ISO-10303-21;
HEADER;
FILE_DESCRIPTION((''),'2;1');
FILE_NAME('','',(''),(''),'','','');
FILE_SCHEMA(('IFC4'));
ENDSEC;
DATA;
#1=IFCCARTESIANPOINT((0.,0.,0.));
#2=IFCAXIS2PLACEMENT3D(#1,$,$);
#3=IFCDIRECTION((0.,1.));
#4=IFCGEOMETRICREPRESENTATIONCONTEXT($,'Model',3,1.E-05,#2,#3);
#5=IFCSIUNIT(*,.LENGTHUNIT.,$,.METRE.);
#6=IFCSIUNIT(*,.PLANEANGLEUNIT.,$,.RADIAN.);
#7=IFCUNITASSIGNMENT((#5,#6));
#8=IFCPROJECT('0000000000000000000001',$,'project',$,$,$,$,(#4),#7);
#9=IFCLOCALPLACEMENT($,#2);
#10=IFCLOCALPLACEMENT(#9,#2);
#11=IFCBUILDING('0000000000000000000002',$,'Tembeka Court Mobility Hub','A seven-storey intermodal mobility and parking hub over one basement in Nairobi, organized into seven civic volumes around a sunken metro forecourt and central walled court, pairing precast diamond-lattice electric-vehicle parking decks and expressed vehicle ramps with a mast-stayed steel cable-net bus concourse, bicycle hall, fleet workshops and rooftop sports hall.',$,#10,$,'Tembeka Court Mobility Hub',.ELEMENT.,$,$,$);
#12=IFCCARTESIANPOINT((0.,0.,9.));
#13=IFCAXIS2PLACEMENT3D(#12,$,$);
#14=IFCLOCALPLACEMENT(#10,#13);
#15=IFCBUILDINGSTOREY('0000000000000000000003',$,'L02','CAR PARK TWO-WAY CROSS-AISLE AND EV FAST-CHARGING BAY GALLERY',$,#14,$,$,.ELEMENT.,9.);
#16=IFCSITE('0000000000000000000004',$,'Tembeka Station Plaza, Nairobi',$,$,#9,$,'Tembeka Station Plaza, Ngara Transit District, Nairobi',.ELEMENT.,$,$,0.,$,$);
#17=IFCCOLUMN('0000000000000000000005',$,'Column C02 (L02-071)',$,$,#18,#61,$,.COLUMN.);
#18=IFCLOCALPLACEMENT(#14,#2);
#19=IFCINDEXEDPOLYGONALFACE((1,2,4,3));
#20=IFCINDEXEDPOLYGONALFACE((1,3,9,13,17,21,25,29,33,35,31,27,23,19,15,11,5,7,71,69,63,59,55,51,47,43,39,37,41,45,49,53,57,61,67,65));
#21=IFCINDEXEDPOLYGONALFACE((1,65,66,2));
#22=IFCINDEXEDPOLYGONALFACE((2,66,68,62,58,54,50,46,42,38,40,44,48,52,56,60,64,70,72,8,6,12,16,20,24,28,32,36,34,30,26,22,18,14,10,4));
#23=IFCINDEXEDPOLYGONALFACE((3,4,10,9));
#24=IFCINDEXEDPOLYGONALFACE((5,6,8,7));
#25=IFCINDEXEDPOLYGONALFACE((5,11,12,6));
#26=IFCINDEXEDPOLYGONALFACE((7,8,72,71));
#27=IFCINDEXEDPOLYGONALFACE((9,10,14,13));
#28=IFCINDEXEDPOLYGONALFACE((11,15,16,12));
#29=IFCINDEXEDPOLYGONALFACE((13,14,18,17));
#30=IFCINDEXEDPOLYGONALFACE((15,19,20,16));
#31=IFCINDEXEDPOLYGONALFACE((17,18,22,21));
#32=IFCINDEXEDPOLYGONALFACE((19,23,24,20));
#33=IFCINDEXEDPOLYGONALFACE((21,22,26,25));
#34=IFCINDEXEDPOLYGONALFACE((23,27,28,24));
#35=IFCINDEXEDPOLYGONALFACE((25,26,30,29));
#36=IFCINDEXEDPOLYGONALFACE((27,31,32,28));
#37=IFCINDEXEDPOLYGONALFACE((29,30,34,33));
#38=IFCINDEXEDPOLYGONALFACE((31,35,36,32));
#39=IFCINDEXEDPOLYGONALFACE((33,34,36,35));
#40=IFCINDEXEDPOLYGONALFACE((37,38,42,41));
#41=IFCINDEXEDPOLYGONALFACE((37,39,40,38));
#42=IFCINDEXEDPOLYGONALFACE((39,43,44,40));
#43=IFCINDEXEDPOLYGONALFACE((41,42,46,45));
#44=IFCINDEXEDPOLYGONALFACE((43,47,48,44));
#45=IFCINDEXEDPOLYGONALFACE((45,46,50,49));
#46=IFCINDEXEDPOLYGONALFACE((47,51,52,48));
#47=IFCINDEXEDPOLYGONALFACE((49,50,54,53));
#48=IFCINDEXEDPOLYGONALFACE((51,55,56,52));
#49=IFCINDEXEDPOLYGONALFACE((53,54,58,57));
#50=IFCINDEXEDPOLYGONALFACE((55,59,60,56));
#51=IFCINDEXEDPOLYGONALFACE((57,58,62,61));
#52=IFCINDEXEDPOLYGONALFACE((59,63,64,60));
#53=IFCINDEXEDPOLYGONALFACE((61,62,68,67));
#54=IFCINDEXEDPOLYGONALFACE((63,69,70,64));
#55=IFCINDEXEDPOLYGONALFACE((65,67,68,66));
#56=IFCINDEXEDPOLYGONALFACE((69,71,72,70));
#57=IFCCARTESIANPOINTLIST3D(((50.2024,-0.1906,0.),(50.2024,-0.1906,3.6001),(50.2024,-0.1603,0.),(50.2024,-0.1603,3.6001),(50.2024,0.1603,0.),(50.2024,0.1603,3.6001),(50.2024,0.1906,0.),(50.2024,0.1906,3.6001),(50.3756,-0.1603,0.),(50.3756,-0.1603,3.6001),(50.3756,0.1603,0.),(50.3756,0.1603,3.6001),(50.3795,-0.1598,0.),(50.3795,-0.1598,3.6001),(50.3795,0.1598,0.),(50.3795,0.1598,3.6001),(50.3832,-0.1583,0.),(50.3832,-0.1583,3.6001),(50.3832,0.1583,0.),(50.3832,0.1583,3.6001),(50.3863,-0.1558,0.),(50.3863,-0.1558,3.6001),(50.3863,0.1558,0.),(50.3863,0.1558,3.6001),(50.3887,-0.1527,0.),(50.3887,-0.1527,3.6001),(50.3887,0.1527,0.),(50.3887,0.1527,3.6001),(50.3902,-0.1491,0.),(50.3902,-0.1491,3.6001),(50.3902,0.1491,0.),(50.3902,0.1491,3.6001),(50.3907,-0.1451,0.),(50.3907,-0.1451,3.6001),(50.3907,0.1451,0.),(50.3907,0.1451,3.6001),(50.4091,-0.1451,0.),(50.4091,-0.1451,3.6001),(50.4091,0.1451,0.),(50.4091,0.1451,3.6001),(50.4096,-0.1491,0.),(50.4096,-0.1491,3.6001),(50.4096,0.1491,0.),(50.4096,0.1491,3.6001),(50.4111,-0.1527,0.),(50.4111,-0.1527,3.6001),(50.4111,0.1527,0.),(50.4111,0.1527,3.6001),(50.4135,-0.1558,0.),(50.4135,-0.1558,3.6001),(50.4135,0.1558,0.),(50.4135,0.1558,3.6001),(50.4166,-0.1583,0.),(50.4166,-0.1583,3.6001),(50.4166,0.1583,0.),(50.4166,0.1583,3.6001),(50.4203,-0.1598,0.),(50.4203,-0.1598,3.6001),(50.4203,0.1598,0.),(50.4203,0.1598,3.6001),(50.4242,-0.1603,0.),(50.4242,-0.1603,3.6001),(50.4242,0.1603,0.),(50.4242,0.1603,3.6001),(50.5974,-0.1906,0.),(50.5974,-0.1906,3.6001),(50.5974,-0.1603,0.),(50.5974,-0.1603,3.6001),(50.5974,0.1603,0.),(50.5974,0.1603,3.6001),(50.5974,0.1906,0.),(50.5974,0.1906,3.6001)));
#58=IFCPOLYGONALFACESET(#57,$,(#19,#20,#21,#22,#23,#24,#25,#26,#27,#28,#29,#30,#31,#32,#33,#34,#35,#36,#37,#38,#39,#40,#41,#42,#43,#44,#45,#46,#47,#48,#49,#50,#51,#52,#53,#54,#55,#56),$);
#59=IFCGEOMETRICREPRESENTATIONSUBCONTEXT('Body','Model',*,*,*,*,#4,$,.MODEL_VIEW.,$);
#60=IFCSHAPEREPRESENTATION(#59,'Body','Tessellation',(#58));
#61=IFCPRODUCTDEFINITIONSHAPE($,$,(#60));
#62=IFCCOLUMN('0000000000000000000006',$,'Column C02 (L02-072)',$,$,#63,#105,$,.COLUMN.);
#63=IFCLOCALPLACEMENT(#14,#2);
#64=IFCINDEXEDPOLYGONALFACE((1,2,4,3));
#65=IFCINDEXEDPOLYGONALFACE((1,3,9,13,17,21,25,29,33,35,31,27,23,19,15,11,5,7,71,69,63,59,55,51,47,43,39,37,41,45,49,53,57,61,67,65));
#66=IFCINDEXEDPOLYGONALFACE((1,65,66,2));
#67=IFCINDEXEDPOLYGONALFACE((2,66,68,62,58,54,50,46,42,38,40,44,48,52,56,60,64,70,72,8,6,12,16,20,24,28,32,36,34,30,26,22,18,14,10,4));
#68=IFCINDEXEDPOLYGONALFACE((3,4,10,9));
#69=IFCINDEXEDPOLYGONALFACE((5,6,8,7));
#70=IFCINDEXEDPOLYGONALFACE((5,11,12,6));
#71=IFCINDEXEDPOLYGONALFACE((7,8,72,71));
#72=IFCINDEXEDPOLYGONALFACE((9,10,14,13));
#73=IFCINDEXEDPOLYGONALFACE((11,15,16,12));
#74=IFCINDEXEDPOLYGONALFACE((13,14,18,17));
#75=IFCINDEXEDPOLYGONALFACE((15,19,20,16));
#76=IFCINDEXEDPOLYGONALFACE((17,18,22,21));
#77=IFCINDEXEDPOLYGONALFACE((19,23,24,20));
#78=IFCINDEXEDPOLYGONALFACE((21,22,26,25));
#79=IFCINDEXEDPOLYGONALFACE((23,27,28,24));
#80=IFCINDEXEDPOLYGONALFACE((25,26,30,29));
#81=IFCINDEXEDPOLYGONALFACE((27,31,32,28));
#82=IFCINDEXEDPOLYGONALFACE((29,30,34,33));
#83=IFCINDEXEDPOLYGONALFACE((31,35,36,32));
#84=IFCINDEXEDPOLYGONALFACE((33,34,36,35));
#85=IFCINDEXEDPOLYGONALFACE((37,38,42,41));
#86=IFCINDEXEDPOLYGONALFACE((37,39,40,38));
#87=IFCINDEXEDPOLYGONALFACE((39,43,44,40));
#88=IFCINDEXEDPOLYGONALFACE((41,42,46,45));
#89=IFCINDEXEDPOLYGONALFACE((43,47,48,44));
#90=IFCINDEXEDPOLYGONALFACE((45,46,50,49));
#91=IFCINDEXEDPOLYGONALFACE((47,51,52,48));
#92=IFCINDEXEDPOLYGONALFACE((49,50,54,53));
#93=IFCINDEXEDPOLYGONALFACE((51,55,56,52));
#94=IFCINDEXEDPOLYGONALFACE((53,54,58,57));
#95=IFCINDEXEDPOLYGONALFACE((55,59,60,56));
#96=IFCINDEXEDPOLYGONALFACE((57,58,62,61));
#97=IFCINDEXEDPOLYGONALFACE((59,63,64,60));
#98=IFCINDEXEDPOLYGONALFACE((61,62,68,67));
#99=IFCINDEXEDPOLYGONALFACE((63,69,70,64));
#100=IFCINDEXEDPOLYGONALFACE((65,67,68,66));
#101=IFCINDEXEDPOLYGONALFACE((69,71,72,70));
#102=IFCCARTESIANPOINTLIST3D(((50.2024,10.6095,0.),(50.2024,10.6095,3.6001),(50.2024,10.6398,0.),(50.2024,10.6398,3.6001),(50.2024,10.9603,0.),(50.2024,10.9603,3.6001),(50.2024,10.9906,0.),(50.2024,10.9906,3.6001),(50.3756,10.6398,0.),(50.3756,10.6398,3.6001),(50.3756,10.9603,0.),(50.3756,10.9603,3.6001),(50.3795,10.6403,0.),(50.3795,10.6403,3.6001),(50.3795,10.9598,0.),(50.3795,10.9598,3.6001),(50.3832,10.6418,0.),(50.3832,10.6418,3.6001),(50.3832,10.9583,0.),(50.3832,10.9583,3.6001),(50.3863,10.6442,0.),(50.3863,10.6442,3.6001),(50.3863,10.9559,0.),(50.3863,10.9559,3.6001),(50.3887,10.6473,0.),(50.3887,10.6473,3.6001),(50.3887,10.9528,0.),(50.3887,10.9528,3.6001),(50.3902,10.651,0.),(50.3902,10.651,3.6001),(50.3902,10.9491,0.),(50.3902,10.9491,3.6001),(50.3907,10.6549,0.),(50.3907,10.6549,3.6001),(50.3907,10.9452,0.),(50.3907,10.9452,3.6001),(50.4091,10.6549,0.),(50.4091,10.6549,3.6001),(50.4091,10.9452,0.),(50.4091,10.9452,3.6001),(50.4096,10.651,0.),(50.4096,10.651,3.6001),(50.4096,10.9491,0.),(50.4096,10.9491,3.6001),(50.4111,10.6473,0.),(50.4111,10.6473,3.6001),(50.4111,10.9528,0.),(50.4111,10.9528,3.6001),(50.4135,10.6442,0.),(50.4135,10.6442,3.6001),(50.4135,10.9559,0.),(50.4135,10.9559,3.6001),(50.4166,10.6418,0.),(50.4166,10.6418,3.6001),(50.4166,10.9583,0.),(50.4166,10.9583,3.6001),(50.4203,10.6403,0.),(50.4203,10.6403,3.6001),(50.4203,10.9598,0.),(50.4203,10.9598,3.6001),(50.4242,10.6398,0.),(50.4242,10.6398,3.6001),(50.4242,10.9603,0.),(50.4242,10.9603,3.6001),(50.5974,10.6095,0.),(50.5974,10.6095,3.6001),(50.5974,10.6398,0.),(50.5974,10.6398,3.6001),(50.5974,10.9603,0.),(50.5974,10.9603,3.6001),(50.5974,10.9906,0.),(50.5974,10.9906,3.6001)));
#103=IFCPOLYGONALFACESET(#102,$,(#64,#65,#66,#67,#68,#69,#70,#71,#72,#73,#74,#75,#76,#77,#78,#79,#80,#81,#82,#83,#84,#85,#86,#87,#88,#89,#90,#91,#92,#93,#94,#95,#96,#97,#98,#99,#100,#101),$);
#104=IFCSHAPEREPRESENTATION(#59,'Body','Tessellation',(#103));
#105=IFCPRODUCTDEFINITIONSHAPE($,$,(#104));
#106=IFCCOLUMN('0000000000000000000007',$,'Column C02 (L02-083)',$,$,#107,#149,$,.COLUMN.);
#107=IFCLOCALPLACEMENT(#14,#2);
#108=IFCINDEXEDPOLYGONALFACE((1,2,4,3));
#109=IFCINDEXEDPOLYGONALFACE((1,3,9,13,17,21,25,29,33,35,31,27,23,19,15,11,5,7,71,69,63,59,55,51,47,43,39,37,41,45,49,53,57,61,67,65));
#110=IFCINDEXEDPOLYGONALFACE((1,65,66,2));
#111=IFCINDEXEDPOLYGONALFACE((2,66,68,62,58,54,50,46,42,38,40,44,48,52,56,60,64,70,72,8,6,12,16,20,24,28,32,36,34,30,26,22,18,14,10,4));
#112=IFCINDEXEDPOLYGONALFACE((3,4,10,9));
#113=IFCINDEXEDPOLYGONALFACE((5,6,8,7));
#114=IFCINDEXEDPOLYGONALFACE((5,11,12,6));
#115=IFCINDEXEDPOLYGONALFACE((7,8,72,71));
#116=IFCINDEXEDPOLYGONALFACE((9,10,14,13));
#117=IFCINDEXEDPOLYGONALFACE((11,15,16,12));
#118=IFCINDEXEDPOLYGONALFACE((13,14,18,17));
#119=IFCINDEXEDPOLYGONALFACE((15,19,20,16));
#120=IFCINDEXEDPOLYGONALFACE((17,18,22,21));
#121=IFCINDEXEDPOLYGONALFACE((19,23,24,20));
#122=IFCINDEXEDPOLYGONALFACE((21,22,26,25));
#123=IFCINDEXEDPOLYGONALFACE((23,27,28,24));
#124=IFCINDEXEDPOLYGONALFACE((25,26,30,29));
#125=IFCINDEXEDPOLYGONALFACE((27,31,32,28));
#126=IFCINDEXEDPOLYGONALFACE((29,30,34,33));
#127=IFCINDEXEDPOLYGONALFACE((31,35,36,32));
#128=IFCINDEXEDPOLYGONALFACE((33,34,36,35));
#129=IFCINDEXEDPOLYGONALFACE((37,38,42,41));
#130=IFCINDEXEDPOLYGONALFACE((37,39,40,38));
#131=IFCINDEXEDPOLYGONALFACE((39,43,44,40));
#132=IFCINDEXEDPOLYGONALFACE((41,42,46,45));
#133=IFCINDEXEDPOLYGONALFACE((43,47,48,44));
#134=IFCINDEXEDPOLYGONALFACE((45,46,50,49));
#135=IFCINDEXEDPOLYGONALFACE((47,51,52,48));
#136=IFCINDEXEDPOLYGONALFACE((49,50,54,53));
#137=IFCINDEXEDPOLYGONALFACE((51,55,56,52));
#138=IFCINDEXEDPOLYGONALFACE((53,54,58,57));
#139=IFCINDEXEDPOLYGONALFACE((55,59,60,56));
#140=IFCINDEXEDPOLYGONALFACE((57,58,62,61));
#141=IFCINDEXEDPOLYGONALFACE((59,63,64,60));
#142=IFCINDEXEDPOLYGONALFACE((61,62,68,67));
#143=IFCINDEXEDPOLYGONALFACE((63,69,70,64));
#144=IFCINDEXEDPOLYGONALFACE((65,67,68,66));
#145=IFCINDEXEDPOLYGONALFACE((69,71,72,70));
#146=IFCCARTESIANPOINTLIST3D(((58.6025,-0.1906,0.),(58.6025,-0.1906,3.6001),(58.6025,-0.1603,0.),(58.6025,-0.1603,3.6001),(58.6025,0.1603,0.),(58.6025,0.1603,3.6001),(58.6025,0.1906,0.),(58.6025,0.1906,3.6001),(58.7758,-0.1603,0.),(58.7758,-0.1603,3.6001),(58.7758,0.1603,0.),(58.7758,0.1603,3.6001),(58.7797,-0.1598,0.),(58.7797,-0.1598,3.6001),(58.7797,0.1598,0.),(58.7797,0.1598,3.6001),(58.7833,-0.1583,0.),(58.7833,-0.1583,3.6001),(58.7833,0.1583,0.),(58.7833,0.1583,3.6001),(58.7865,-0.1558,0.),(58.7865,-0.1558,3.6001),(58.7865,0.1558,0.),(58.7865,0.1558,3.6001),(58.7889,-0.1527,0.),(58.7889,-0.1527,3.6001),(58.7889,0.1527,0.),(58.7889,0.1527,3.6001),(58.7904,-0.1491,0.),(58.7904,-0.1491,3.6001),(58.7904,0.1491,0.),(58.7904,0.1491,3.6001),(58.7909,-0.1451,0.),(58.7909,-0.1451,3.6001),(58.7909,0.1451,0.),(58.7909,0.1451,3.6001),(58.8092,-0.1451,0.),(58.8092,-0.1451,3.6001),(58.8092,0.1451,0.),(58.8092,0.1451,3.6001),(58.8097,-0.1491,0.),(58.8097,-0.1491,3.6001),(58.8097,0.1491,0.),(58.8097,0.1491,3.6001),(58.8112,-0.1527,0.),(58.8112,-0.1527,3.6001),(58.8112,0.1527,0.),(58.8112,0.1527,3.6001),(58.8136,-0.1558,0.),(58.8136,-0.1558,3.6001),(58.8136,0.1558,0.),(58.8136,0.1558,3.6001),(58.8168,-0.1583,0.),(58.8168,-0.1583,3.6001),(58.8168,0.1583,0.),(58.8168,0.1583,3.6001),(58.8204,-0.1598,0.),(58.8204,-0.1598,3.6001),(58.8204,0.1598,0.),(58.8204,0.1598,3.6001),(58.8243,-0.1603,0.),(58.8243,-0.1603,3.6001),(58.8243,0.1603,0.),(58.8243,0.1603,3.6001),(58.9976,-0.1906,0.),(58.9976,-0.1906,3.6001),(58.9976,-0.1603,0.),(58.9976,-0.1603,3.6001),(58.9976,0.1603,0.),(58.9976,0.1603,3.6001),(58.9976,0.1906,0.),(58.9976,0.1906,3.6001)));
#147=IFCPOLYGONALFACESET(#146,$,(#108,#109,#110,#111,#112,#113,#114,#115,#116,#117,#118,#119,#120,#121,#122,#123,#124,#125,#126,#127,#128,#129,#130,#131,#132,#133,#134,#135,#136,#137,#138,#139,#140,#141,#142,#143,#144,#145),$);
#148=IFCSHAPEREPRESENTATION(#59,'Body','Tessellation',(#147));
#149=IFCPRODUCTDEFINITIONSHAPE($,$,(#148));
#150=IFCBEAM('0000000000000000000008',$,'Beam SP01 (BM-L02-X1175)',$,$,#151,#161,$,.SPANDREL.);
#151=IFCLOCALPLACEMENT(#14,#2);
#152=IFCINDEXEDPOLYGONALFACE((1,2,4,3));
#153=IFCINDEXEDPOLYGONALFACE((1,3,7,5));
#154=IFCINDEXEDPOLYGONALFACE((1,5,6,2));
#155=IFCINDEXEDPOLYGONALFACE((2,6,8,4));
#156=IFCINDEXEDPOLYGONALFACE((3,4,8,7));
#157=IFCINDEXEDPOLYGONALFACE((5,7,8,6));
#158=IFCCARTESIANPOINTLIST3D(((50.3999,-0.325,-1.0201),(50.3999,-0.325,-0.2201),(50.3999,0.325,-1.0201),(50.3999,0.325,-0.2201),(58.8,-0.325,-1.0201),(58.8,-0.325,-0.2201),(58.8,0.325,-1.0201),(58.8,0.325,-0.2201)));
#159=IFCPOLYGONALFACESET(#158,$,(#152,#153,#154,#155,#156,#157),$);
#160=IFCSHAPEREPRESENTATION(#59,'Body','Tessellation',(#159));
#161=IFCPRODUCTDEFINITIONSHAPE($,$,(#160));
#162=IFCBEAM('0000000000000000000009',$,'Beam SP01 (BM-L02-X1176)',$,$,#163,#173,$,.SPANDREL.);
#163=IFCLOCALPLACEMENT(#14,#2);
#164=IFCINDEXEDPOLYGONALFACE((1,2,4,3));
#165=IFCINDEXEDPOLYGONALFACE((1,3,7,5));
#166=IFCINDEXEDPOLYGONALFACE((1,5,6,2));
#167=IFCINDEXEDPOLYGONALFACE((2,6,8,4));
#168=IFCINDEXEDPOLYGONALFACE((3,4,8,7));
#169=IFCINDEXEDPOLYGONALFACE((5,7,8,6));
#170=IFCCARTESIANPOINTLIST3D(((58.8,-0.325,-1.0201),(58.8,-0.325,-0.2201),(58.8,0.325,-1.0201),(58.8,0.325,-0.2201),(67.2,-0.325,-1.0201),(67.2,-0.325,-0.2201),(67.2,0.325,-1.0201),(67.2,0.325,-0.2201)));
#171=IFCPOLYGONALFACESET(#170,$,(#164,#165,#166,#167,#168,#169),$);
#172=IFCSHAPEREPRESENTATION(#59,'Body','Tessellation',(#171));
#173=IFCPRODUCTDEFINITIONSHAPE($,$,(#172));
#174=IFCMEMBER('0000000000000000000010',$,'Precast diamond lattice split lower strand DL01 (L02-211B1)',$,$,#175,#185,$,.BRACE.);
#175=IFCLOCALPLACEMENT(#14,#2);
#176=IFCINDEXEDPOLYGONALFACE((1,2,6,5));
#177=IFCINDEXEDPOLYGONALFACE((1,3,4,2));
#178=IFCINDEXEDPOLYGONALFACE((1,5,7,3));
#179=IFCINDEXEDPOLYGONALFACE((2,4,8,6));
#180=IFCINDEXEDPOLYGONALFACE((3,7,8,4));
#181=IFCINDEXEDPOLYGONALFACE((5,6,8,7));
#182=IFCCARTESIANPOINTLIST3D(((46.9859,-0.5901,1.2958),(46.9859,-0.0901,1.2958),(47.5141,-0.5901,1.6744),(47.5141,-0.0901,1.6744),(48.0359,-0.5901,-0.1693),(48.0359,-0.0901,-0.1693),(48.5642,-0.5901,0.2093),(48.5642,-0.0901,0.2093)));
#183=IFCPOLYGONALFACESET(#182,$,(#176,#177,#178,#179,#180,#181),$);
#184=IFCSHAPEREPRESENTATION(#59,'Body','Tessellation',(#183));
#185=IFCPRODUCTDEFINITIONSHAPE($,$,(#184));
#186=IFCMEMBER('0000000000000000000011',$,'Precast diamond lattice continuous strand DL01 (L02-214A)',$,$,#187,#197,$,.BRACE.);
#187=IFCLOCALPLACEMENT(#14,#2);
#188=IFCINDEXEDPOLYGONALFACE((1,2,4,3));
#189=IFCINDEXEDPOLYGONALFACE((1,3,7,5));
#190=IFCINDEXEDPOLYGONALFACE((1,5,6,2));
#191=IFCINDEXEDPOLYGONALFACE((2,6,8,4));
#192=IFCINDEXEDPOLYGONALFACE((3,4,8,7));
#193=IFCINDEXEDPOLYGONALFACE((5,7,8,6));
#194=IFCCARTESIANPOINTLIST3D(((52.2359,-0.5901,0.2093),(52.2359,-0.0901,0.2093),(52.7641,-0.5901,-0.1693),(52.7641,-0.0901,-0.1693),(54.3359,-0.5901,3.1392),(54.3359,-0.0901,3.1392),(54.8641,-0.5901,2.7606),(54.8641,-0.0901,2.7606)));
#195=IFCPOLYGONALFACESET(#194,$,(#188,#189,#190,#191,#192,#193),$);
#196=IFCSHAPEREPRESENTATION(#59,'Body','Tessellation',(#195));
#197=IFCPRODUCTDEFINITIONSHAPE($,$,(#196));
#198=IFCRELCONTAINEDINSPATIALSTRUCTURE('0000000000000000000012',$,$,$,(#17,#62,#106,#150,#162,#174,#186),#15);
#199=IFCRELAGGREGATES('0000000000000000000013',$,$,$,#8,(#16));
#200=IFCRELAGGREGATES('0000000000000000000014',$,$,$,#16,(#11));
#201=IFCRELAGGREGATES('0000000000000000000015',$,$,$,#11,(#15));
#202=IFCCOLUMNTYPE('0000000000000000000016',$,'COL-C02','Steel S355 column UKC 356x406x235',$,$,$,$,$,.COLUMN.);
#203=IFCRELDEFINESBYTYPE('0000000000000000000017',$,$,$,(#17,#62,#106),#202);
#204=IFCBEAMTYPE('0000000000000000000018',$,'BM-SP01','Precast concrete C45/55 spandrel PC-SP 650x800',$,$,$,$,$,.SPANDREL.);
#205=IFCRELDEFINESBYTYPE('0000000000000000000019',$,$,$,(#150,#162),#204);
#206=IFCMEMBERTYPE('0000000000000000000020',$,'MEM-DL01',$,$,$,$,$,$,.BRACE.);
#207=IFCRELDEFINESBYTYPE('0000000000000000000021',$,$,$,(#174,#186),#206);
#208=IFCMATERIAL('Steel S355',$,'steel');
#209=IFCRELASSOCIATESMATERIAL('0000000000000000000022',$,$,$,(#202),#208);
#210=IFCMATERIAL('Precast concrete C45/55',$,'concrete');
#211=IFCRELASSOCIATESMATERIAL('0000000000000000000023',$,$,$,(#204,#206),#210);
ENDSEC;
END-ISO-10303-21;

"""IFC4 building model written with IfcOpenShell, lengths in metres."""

from ifc_helpers import new_model, si_unit, direction, frame, origin, origin_2d, place, context, subcontext, project, spatial, rectangle, i_section, extrude, material, material_profile, profile_set, type_object, element, save


model = new_model("IFC4")

# Units and contexts
model_context = context("Model", 3, precision=1e-05, world=origin(), true_north=direction((0.0, 1.0)))
body_context = subcontext(model_context, "Body", "Model", "MODEL_VIEW")
ifc_project = project(units=[si_unit("LENGTHUNIT", "METRE"), si_unit("PLANEANGLEUNIT", "RADIAN")], contexts=[model_context])

# Site, building, storey
site_placement = place(None, origin())
site = spatial("IfcSite", under=ifc_project, at=site_placement, Name="Tembeka Station Plaza, Nairobi", LongName="Tembeka Station Plaza, Ngara Transit District, Nairobi", CompositionType="ELEMENT", RefElevation=0.0)
building_placement = place(site_placement, origin())
building = spatial("IfcBuilding", under=site, at=building_placement, Name="Tembeka Court Mobility Hub", Description="A seven-storey intermodal mobility and parking hub over one basement in Nairobi, organized into seven civic volumes around a sunken metro forecourt and central walled court, pairing precast diamond-lattice electric-vehicle parking decks and expressed vehicle ramps with a mast-stayed steel cable-net bus concourse, bicycle hall, fleet workshops and rooftop sports hall.", LongName="Tembeka Court Mobility Hub", CompositionType="ELEMENT")
storey_placement = place(building_placement, frame((0.0, 0.0, 9.0)))
storey = spatial("IfcBuildingStorey", under=building, at=storey_placement, Name="L02", Description="CAR PARK TWO-WAY CROSS-AISLE AND EV FAST-CHARGING BAY GALLERY", CompositionType="ELEMENT", Elevation=9.0)

# Columns
ifc_material_1 = material(Name="Steel S355", Category="steel")
ifc_material_profile_1 = material_profile(ifc_material_1, i_section(OverallWidth=0.395, OverallDepth=0.3811, WebThickness=0.0183, FlangeThickness=0.0303, FilletRadius=0.0151, at=origin_2d()), Name="UKC 356x406x235")
ifc_profile_set_1 = profile_set([ifc_material_profile_1], Name="Steel S355")
column_type = type_object("IfcColumnType", Name="COL-C02", Description="Steel S355 column UKC 356x406x235", PredefinedType="COLUMN", material=ifc_profile_set_1)
for number, where, z_axis, x_axis, name in (
    (1, (50.3999, 0.0, 0.0), (0.0, 0.0, 1.0), (1.0, 0.0, 0.0), "Column C02 (L02-071)"),
    (2, (50.3999, 10.8, 0.0), (0.0, 0.0, 1.0), (1.0, 0.0, 0.0), "Column C02 (L02-072)"),
    (3, (58.8, 0.0, 0.0), (0.0, 0.0, 1.0), (1.0, 0.0, 0.0), "Column C02 (L02-083)"),
):
    element("IfcColumn", number, at=place(storey_placement, frame(where, z_axis=z_axis, x_axis=x_axis)), inside=storey, type_object=column_type, Name=name, PredefinedType="COLUMN", context=body_context, shape_type="SweptSolid", body=[
        extrude(i_section(OverallWidth=0.395, OverallDepth=0.3811, WebThickness=0.0183, FlangeThickness=0.0303, FilletRadius=0.0151, at=origin_2d()), origin(), (0.0, 0.0, 1.0), 3.6001),
    ])

# Beams
ifc_material_2 = material(Name="Precast concrete C45/55", Category="concrete")
ifc_material_profile_2 = material_profile(ifc_material_2, rectangle(XDim=0.6499, YDim=0.8, at=origin_2d()), Name="PC-SP 650x800")
ifc_profile_set_2 = profile_set([ifc_material_profile_2], Name="Precast concrete C45/55")
beam_type = type_object("IfcBeamType", Name="BM-SP01", Description="Precast concrete C45/55 spandrel PC-SP 650x800", PredefinedType="SPANDREL", material=ifc_profile_set_2)
beam_1_placement = place(storey_placement, frame((50.3999, 0.0, -0.6201), z_axis=(1.0, 0.0, 0.0), x_axis=(0.0, 1.0, 0.0)))
element("IfcBeam", 4, at=beam_1_placement, inside=storey, type_object=beam_type, Name="Beam SP01 (BM-L02-X1175)", PredefinedType="SPANDREL", context=body_context, shape_type="SweptSolid", body=[
    extrude(rectangle(XDim=0.6499, YDim=0.8, at=origin_2d()), origin(), (0.0, 0.0, 1.0), 8.4001),
])
beam_2_placement = place(storey_placement, frame((58.8, 0.0, -0.6201), z_axis=(1.0, 0.0, 0.0), x_axis=(0.0, 1.0, 0.0)))
element("IfcBeam", 5, at=beam_2_placement, inside=storey, type_object=beam_type, Name="Beam SP01 (BM-L02-X1176)", PredefinedType="SPANDREL", context=body_context, shape_type="SweptSolid", body=[
    extrude(rectangle(XDim=0.6499, YDim=0.8, at=origin_2d()), origin(), (0.0, 0.0, 1.0), 8.3999),
])

# Members
ifc_material_profile_3 = material_profile(ifc_material_2, rectangle(XDim=0.5, YDim=0.6499, at=origin_2d()), Name="PC-DIAG 500x650")
ifc_profile_set_3 = profile_set([ifc_material_profile_3], Name="Precast concrete C45/55")
member_type_1 = type_object("IfcMemberType", Name="MEM-DL01", PredefinedType="BRACE", material=ifc_profile_set_3)
member_1_placement = place(storey_placement, frame((48.3, -0.3401, 0.02), z_axis=(-0.582544, 0.0, 0.812799), x_axis=(0.0, -1.0, 0.0)))
element("IfcMember", 6, at=member_1_placement, inside=storey, type_object=member_type_1, Name="Precast diamond lattice split lower strand DL01 (L02-211B1)", PredefinedType="BRACE", context=body_context, shape_type="SweptSolid", body=[
    extrude(rectangle(XDim=0.5, YDim=0.6499, at=origin_2d()), origin(), (0.0, 0.0, 1.0), 1.8025),
])
member_2_placement = place(storey_placement, frame((52.5, -0.3401, 0.02), z_axis=(0.582576, 0.0, 0.812776), x_axis=(0.0, 1.0, 0.0)))
element("IfcMember", 7, at=member_2_placement, inside=storey, type_object=member_type_1, Name="Precast diamond lattice continuous strand DL01 (L02-214A)", PredefinedType="BRACE", context=body_context, shape_type="SweptSolid", body=[
    extrude(rectangle(XDim=0.5, YDim=0.6499, at=origin_2d()), origin(), (0.0, 0.0, 1.0), 3.6047),
])

save(model, "model.ifc")
